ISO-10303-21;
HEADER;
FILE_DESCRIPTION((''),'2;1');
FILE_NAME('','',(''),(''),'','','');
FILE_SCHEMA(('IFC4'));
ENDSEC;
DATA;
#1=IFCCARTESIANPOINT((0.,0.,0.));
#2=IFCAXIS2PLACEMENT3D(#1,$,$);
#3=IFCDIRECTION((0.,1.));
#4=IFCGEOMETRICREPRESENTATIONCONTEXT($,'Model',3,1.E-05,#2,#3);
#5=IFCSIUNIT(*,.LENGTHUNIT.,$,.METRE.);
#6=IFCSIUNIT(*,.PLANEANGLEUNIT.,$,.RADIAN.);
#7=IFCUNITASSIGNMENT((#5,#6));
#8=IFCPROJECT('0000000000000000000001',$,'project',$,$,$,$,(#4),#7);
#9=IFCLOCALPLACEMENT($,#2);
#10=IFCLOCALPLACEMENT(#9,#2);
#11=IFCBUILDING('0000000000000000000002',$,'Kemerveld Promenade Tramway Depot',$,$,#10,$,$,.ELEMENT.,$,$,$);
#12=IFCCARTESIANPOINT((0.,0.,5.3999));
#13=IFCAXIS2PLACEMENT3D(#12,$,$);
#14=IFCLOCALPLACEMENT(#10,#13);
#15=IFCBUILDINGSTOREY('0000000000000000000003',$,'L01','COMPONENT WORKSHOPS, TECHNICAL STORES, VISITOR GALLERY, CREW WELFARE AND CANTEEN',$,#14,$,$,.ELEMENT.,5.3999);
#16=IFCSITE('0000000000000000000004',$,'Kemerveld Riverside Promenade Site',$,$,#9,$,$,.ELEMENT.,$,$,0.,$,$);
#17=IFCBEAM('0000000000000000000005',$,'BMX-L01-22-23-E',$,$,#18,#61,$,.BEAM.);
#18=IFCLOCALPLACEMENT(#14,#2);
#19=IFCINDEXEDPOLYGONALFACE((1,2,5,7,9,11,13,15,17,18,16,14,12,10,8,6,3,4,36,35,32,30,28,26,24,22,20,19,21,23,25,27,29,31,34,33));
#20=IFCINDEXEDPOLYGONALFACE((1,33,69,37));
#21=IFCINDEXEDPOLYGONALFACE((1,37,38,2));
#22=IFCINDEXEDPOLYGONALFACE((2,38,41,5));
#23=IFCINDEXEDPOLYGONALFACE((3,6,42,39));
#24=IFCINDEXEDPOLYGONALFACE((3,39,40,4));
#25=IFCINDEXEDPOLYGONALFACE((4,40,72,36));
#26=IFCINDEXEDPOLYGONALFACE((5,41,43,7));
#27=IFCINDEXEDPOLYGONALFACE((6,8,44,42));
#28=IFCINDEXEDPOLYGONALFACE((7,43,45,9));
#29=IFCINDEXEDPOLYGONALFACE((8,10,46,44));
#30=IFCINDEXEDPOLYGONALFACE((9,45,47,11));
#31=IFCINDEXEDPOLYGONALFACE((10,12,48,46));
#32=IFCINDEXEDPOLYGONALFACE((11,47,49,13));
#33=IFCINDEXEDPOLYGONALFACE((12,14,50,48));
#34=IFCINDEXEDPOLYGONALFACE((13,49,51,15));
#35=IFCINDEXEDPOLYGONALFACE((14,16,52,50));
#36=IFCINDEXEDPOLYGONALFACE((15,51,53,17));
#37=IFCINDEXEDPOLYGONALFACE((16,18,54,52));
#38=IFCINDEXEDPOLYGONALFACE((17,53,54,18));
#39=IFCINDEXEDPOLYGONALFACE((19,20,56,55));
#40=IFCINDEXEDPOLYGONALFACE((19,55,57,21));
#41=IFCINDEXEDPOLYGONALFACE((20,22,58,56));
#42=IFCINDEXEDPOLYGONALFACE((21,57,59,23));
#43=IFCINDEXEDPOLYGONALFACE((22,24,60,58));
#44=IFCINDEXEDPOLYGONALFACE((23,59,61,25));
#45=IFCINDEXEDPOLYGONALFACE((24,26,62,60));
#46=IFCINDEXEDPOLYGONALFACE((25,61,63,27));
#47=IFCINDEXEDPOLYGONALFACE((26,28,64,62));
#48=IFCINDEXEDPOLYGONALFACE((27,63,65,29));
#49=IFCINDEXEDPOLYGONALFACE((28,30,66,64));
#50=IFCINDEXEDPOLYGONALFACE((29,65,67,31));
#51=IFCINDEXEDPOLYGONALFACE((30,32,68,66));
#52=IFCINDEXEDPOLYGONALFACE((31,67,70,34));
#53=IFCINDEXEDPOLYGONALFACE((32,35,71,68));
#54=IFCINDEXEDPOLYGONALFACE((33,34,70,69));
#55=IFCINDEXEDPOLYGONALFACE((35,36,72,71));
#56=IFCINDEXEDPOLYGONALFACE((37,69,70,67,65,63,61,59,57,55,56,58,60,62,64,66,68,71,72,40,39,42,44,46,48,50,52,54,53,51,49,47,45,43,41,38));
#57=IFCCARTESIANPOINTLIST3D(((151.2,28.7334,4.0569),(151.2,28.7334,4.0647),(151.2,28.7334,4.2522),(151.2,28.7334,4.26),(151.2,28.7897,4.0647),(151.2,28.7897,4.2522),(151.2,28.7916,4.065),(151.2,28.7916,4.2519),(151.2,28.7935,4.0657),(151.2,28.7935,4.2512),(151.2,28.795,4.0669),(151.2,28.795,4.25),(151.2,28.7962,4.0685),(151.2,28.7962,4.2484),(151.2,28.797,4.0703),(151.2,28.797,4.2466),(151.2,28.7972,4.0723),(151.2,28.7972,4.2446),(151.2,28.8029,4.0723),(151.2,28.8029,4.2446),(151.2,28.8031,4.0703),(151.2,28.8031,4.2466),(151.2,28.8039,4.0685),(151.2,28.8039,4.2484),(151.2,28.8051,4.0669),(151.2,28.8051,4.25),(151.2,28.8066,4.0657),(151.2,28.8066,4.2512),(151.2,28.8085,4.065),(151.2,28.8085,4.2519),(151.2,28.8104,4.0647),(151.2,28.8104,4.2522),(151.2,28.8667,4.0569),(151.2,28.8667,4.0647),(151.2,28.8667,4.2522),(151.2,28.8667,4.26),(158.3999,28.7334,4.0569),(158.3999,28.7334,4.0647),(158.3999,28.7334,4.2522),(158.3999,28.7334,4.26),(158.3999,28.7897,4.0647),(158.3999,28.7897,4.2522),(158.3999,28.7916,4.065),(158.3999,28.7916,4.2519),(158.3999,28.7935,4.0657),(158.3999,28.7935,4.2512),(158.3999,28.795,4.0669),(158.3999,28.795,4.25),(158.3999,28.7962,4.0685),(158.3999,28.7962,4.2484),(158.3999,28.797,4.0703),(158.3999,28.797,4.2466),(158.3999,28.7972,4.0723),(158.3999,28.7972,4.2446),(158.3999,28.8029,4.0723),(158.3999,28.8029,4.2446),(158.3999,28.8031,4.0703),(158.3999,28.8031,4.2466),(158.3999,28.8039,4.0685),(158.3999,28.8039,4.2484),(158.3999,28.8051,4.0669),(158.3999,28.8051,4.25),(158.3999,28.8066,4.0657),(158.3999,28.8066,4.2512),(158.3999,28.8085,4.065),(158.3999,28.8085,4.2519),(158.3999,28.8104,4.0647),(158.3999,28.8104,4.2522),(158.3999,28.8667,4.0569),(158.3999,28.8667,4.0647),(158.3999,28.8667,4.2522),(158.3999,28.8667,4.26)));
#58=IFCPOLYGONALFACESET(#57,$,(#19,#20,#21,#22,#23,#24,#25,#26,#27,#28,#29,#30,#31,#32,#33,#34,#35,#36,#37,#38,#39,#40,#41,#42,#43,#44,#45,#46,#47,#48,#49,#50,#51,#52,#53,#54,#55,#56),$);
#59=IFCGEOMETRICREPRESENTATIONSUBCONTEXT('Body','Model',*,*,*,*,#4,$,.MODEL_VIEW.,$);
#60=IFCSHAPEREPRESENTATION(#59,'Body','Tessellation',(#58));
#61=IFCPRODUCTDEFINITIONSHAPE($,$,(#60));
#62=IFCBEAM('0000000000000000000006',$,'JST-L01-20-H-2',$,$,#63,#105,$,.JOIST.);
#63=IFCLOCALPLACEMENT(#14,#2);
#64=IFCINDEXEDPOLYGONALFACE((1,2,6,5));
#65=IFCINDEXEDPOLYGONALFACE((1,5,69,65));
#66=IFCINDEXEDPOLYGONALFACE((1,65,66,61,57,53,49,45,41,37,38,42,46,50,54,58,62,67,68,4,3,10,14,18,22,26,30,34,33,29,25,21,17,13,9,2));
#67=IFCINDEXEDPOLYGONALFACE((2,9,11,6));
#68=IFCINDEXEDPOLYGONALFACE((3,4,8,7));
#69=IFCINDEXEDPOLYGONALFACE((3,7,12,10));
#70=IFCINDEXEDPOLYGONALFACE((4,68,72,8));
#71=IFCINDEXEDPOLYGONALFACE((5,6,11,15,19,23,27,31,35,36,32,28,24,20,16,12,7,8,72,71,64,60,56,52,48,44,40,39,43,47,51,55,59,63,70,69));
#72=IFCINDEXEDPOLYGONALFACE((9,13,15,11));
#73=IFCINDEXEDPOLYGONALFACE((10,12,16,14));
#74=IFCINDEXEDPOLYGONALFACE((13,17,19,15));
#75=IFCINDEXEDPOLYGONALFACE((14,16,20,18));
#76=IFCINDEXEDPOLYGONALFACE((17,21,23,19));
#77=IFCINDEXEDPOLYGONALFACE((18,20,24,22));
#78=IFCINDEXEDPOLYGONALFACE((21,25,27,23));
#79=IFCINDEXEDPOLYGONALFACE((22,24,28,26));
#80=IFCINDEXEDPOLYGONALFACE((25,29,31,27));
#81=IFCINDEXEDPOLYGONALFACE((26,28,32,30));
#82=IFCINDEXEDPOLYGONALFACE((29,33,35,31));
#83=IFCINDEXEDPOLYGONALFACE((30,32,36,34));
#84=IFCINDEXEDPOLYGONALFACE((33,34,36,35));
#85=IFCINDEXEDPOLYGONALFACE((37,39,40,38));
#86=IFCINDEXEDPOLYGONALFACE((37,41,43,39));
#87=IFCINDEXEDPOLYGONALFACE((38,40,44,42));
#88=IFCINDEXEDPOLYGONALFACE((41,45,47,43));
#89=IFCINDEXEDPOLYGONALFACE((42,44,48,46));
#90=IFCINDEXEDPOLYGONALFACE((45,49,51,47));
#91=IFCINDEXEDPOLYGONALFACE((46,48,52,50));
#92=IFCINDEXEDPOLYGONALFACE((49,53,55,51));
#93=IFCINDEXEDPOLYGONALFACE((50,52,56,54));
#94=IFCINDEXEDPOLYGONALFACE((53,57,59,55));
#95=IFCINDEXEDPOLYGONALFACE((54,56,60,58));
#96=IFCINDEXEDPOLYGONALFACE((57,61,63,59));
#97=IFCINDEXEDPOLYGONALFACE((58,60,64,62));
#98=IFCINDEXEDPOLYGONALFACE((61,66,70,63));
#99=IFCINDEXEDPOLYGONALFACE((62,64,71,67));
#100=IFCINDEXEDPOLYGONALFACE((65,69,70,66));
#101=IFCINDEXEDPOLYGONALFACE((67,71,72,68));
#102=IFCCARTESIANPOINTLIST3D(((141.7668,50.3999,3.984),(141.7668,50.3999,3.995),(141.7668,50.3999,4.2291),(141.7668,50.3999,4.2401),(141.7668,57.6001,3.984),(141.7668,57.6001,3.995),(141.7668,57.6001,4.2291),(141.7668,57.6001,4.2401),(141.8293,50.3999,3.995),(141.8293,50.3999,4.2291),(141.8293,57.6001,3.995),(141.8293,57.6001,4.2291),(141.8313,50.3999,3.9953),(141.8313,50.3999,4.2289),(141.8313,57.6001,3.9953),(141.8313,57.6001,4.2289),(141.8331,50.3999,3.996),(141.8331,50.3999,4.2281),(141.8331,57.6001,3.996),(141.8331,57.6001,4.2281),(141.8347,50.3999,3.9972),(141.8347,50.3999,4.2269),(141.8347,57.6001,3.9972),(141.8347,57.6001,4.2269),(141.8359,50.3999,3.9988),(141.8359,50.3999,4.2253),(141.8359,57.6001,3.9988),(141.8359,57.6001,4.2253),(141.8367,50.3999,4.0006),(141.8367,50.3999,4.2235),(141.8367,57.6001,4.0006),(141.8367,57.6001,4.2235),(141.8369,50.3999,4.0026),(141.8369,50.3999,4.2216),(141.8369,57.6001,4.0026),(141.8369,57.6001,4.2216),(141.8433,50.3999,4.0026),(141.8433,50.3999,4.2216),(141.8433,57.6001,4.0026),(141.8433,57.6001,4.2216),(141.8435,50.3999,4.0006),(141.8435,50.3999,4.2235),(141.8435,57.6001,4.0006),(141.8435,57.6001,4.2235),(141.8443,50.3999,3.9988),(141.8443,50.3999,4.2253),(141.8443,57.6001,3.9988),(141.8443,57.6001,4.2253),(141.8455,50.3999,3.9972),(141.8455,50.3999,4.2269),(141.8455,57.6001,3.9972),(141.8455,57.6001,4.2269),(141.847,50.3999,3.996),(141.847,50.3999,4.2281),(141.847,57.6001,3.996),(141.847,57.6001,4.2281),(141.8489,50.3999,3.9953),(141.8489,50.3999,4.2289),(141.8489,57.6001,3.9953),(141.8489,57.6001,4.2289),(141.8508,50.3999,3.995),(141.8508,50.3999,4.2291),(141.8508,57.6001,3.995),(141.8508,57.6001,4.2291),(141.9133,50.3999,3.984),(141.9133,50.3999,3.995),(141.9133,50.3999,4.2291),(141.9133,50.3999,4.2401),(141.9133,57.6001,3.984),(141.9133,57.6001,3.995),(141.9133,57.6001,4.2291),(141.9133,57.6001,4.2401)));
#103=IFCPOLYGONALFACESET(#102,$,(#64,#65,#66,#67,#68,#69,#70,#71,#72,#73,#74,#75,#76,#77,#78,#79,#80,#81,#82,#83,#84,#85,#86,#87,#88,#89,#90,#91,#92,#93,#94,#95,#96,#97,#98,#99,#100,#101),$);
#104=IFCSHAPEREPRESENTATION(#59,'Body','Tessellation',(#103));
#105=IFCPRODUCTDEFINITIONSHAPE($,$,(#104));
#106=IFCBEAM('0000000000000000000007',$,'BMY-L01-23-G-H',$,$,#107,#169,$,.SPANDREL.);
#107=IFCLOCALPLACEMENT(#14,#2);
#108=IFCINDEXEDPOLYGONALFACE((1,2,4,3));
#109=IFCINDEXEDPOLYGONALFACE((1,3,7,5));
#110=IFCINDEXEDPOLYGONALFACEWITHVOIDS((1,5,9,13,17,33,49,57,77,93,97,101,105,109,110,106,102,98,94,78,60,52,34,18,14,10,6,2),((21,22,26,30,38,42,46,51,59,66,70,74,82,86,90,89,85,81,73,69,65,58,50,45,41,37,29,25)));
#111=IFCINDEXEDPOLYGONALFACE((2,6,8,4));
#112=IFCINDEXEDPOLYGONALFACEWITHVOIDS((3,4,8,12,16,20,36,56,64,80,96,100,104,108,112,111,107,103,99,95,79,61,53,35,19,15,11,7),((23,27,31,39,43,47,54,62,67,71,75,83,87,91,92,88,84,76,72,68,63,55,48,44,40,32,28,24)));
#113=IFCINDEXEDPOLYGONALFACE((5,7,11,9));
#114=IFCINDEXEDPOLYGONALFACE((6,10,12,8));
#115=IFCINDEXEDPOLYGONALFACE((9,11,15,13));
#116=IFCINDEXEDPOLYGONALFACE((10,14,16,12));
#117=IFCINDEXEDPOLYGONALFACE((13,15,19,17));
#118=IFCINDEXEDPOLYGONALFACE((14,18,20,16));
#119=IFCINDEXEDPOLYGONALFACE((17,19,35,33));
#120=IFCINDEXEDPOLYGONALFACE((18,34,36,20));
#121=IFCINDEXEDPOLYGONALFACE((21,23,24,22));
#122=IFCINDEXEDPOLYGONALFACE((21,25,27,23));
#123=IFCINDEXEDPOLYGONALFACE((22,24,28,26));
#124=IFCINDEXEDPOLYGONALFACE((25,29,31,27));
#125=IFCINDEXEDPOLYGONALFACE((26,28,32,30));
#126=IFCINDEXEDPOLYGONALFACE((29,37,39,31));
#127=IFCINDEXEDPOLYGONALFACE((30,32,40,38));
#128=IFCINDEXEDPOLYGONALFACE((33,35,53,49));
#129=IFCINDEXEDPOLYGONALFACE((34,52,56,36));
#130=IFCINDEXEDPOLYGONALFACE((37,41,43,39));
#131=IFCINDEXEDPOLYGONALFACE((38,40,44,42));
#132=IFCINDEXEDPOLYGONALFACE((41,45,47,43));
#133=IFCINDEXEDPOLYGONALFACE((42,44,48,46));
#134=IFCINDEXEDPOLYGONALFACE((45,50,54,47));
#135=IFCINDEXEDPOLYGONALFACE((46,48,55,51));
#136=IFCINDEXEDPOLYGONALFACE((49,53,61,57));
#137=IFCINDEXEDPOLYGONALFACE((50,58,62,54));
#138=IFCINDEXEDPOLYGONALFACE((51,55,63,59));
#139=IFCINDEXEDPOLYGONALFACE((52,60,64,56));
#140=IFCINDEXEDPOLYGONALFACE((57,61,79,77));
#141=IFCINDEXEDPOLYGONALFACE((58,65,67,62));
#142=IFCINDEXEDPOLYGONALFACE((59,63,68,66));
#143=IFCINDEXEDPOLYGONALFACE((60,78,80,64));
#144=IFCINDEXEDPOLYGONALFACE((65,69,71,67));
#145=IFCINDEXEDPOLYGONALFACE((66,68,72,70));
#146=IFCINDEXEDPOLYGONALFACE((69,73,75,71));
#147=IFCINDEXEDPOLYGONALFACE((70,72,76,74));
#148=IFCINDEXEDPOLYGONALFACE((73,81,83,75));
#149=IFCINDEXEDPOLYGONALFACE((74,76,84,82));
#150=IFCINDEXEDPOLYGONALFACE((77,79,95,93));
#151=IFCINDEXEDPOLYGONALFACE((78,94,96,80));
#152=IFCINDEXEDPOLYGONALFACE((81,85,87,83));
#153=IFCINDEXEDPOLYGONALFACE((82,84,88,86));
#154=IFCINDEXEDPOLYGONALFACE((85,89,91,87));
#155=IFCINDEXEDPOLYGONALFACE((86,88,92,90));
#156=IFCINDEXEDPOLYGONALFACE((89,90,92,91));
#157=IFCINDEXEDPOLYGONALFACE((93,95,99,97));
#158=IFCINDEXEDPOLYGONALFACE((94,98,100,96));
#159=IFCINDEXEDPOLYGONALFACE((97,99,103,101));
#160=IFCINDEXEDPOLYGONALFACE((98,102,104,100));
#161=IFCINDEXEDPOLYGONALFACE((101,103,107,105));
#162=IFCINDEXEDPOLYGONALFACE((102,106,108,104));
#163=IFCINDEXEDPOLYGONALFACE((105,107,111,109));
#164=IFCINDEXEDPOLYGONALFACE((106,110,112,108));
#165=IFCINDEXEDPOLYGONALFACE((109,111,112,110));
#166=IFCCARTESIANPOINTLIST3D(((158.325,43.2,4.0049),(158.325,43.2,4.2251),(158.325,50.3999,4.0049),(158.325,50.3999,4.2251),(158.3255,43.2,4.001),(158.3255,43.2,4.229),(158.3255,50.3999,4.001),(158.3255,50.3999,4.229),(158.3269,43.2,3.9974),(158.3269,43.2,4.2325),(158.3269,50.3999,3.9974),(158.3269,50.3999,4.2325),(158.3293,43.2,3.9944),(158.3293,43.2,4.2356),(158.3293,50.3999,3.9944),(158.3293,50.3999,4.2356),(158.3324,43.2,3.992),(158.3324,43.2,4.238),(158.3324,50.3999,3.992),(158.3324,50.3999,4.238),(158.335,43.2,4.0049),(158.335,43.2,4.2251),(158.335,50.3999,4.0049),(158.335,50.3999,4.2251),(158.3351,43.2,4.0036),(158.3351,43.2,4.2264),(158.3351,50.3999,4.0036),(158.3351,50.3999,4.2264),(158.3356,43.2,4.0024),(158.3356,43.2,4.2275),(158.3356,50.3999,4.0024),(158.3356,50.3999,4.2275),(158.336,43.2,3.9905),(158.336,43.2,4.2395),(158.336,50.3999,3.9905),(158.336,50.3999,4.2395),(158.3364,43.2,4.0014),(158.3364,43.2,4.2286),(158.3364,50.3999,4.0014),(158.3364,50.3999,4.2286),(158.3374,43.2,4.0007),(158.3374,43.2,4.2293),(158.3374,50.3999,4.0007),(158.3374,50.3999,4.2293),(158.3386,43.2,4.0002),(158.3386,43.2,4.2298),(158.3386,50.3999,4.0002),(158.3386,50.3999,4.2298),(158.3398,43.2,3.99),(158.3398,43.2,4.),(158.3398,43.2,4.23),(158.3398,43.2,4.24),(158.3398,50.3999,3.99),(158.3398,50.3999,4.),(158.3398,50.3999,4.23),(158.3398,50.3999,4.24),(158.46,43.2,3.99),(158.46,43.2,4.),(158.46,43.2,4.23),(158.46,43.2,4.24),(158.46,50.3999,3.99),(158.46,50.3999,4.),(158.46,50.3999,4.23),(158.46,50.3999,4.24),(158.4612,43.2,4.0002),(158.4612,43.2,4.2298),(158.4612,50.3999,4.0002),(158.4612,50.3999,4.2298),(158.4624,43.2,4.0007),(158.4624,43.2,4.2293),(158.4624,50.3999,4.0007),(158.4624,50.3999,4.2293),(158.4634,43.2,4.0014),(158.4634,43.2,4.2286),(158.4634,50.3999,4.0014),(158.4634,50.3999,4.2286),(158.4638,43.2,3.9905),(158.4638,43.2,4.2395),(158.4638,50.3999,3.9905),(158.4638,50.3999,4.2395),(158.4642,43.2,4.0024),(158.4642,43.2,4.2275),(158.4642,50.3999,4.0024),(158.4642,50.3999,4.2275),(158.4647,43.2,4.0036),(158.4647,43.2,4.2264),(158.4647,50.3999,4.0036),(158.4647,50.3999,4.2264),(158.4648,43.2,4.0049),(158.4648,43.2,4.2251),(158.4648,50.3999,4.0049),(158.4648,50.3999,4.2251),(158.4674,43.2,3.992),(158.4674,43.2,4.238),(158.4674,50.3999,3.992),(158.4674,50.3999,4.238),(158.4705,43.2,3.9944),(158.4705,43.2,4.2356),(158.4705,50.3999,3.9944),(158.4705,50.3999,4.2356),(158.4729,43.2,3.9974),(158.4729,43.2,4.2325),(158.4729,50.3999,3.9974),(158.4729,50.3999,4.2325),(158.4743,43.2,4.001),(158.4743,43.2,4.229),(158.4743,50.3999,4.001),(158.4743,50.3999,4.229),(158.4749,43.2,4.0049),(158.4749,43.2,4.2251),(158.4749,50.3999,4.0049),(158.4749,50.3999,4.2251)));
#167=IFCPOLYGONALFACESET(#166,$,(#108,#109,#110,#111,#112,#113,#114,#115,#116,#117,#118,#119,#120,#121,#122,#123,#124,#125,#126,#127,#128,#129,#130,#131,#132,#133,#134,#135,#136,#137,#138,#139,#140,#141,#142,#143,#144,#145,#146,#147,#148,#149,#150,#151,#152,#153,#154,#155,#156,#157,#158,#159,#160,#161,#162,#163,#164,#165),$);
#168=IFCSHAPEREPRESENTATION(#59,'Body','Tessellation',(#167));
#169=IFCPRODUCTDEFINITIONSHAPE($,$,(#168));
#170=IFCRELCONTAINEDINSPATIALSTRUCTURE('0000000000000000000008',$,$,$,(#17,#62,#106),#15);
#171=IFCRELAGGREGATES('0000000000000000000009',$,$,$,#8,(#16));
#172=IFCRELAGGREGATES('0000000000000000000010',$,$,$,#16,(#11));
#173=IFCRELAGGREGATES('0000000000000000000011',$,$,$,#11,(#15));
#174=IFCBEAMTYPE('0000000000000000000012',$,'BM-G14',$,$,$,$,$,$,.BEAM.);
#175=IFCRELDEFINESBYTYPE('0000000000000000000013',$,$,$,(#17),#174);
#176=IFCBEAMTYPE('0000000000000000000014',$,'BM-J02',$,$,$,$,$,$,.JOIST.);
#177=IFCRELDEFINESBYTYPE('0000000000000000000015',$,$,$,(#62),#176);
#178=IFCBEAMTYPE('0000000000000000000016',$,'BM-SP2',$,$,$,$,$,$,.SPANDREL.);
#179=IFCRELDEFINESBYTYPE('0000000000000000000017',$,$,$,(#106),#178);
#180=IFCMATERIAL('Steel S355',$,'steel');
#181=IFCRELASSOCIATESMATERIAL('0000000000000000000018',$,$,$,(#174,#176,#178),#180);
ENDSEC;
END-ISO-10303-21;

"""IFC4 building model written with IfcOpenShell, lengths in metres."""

from ifc_helpers import new_model, si_unit, direction, frame, origin, origin_2d, place, context, subcontext, project, spatial, hollow_rectangle, i_section, extrude, material, material_profile, profile_set, type_object, element, save


model = new_model("IFC4")

# Units and contexts
model_context = context("Model", 3, precision=1e-05, world=origin(), true_north=direction((0.0, 1.0)))
body_context = subcontext(model_context, "Body", "Model", "MODEL_VIEW")
ifc_project = project(units=[si_unit("LENGTHUNIT", "METRE"), si_unit("PLANEANGLEUNIT", "RADIAN")], contexts=[model_context])

# Site, building, storey
site_placement = place(None, origin())
site = spatial("IfcSite", under=ifc_project, at=site_placement, Name="Kemerveld Riverside Promenade Site", CompositionType="ELEMENT", RefElevation=0.0)
building_placement = place(site_placement, origin())
building = spatial("IfcBuilding", under=site, at=building_placement, Name="Kemerveld Promenade Tramway Depot", CompositionType="ELEMENT")
storey_placement = place(building_placement, frame((0.0, 0.0, 5.3999)))
storey = spatial("IfcBuildingStorey", under=building, at=storey_placement, Name="L01", Description="COMPONENT WORKSHOPS, TECHNICAL STORES, VISITOR GALLERY, CREW WELFARE AND CANTEEN", CompositionType="ELEMENT", Elevation=5.3999)

# Shared definitions
ifc_material_1 = material(Name="Steel S355", Category="steel")

# Beams
ifc_material_profile_1 = material_profile(ifc_material_1, i_section(OverallWidth=0.1333, OverallDepth=0.2031, WebThickness=0.0056, FlangeThickness=0.0078, FilletRadius=0.0076, at=origin_2d()), Name="203x133x25 UB")
ifc_profile_set_1 = profile_set([ifc_material_profile_1], Name="Steel S355")
beam_type_1 = type_object("IfcBeamType", Name="BM-G14", PredefinedType="BEAM", material=ifc_profile_set_1)
beam_1_placement = place(storey_placement, frame((151.2, 28.8, 4.1584), z_axis=(1.0, 0.0, 0.0), x_axis=(0.0, 1.0, 0.0)))
element("IfcBeam", 1, at=beam_1_placement, inside=storey, type_object=beam_type_1, Name="BMX-L01-22-23-E", PredefinedType="BEAM", context=body_context, shape_type="SweptSolid", body=[
    extrude(i_section(OverallWidth=0.1333, OverallDepth=0.2031, WebThickness=0.0056, FlangeThickness=0.0078, FilletRadius=0.0076, at=origin_2d()), origin(), (0.0, 0.0, 1.0), 7.2),
])
ifc_material_profile_2 = material_profile(ifc_material_1, i_section(OverallWidth=0.1465, OverallDepth=0.2561, WebThickness=0.0063, FlangeThickness=0.011, FilletRadius=0.0076, at=origin_2d()), Name="254x146x37 UB")
ifc_profile_set_2 = profile_set([ifc_material_profile_2], Name="Steel S355")
beam_type_2 = type_object("IfcBeamType", Name="BM-J02", PredefinedType="JOIST", material=ifc_profile_set_2)
beam_2_placement = place(storey_placement, frame((141.8401, 50.3999, 4.1121), z_axis=(0.0, 1.0, 0.0), x_axis=(-1.0, 0.0, 0.0)))
element("IfcBeam", 2, at=beam_2_placement, inside=storey, type_object=beam_type_2, Name="JST-L01-20-H-2", PredefinedType="JOIST", context=body_context, shape_type="SweptSolid", body=[
    extrude(i_section(OverallWidth=0.1465, OverallDepth=0.2561, WebThickness=0.0063, FlangeThickness=0.011, FilletRadius=0.0076, at=origin_2d()), origin(), (0.0, 0.0, 1.0), 7.2002),
])
ifc_material_profile_3 = material_profile(ifc_material_1, hollow_rectangle(XDim=0.1499, YDim=0.25, WallThickness=0.01, InnerFilletRadius=0.0049, OuterFilletRadius=0.0149, at=origin_2d()), Name="250x150x10.0 RHS")
ifc_profile_set_3 = profile_set([ifc_material_profile_3], Name="Steel S355")
beam_type_3 = type_object("IfcBeamType", Name="BM-SP2", PredefinedType="SPANDREL", material=ifc_profile_set_3)
beam_3_placement = place(storey_placement, frame((158.3999, 43.2, 4.115), z_axis=(0.0, 1.0, 0.0), x_axis=(-1.0, 0.0, 0.0)))
element("IfcBeam", 3, at=beam_3_placement, inside=storey, type_object=beam_type_3, Name="BMY-L01-23-G-H", PredefinedType="SPANDREL", context=body_context, shape_type="SweptSolid", body=[
    extrude(hollow_rectangle(XDim=0.1499, YDim=0.25, WallThickness=0.01, InnerFilletRadius=0.0049, OuterFilletRadius=0.0149, at=origin_2d()), origin(), (0.0, 0.0, 1.0), 7.2),
])

save(model, "model.ifc")
